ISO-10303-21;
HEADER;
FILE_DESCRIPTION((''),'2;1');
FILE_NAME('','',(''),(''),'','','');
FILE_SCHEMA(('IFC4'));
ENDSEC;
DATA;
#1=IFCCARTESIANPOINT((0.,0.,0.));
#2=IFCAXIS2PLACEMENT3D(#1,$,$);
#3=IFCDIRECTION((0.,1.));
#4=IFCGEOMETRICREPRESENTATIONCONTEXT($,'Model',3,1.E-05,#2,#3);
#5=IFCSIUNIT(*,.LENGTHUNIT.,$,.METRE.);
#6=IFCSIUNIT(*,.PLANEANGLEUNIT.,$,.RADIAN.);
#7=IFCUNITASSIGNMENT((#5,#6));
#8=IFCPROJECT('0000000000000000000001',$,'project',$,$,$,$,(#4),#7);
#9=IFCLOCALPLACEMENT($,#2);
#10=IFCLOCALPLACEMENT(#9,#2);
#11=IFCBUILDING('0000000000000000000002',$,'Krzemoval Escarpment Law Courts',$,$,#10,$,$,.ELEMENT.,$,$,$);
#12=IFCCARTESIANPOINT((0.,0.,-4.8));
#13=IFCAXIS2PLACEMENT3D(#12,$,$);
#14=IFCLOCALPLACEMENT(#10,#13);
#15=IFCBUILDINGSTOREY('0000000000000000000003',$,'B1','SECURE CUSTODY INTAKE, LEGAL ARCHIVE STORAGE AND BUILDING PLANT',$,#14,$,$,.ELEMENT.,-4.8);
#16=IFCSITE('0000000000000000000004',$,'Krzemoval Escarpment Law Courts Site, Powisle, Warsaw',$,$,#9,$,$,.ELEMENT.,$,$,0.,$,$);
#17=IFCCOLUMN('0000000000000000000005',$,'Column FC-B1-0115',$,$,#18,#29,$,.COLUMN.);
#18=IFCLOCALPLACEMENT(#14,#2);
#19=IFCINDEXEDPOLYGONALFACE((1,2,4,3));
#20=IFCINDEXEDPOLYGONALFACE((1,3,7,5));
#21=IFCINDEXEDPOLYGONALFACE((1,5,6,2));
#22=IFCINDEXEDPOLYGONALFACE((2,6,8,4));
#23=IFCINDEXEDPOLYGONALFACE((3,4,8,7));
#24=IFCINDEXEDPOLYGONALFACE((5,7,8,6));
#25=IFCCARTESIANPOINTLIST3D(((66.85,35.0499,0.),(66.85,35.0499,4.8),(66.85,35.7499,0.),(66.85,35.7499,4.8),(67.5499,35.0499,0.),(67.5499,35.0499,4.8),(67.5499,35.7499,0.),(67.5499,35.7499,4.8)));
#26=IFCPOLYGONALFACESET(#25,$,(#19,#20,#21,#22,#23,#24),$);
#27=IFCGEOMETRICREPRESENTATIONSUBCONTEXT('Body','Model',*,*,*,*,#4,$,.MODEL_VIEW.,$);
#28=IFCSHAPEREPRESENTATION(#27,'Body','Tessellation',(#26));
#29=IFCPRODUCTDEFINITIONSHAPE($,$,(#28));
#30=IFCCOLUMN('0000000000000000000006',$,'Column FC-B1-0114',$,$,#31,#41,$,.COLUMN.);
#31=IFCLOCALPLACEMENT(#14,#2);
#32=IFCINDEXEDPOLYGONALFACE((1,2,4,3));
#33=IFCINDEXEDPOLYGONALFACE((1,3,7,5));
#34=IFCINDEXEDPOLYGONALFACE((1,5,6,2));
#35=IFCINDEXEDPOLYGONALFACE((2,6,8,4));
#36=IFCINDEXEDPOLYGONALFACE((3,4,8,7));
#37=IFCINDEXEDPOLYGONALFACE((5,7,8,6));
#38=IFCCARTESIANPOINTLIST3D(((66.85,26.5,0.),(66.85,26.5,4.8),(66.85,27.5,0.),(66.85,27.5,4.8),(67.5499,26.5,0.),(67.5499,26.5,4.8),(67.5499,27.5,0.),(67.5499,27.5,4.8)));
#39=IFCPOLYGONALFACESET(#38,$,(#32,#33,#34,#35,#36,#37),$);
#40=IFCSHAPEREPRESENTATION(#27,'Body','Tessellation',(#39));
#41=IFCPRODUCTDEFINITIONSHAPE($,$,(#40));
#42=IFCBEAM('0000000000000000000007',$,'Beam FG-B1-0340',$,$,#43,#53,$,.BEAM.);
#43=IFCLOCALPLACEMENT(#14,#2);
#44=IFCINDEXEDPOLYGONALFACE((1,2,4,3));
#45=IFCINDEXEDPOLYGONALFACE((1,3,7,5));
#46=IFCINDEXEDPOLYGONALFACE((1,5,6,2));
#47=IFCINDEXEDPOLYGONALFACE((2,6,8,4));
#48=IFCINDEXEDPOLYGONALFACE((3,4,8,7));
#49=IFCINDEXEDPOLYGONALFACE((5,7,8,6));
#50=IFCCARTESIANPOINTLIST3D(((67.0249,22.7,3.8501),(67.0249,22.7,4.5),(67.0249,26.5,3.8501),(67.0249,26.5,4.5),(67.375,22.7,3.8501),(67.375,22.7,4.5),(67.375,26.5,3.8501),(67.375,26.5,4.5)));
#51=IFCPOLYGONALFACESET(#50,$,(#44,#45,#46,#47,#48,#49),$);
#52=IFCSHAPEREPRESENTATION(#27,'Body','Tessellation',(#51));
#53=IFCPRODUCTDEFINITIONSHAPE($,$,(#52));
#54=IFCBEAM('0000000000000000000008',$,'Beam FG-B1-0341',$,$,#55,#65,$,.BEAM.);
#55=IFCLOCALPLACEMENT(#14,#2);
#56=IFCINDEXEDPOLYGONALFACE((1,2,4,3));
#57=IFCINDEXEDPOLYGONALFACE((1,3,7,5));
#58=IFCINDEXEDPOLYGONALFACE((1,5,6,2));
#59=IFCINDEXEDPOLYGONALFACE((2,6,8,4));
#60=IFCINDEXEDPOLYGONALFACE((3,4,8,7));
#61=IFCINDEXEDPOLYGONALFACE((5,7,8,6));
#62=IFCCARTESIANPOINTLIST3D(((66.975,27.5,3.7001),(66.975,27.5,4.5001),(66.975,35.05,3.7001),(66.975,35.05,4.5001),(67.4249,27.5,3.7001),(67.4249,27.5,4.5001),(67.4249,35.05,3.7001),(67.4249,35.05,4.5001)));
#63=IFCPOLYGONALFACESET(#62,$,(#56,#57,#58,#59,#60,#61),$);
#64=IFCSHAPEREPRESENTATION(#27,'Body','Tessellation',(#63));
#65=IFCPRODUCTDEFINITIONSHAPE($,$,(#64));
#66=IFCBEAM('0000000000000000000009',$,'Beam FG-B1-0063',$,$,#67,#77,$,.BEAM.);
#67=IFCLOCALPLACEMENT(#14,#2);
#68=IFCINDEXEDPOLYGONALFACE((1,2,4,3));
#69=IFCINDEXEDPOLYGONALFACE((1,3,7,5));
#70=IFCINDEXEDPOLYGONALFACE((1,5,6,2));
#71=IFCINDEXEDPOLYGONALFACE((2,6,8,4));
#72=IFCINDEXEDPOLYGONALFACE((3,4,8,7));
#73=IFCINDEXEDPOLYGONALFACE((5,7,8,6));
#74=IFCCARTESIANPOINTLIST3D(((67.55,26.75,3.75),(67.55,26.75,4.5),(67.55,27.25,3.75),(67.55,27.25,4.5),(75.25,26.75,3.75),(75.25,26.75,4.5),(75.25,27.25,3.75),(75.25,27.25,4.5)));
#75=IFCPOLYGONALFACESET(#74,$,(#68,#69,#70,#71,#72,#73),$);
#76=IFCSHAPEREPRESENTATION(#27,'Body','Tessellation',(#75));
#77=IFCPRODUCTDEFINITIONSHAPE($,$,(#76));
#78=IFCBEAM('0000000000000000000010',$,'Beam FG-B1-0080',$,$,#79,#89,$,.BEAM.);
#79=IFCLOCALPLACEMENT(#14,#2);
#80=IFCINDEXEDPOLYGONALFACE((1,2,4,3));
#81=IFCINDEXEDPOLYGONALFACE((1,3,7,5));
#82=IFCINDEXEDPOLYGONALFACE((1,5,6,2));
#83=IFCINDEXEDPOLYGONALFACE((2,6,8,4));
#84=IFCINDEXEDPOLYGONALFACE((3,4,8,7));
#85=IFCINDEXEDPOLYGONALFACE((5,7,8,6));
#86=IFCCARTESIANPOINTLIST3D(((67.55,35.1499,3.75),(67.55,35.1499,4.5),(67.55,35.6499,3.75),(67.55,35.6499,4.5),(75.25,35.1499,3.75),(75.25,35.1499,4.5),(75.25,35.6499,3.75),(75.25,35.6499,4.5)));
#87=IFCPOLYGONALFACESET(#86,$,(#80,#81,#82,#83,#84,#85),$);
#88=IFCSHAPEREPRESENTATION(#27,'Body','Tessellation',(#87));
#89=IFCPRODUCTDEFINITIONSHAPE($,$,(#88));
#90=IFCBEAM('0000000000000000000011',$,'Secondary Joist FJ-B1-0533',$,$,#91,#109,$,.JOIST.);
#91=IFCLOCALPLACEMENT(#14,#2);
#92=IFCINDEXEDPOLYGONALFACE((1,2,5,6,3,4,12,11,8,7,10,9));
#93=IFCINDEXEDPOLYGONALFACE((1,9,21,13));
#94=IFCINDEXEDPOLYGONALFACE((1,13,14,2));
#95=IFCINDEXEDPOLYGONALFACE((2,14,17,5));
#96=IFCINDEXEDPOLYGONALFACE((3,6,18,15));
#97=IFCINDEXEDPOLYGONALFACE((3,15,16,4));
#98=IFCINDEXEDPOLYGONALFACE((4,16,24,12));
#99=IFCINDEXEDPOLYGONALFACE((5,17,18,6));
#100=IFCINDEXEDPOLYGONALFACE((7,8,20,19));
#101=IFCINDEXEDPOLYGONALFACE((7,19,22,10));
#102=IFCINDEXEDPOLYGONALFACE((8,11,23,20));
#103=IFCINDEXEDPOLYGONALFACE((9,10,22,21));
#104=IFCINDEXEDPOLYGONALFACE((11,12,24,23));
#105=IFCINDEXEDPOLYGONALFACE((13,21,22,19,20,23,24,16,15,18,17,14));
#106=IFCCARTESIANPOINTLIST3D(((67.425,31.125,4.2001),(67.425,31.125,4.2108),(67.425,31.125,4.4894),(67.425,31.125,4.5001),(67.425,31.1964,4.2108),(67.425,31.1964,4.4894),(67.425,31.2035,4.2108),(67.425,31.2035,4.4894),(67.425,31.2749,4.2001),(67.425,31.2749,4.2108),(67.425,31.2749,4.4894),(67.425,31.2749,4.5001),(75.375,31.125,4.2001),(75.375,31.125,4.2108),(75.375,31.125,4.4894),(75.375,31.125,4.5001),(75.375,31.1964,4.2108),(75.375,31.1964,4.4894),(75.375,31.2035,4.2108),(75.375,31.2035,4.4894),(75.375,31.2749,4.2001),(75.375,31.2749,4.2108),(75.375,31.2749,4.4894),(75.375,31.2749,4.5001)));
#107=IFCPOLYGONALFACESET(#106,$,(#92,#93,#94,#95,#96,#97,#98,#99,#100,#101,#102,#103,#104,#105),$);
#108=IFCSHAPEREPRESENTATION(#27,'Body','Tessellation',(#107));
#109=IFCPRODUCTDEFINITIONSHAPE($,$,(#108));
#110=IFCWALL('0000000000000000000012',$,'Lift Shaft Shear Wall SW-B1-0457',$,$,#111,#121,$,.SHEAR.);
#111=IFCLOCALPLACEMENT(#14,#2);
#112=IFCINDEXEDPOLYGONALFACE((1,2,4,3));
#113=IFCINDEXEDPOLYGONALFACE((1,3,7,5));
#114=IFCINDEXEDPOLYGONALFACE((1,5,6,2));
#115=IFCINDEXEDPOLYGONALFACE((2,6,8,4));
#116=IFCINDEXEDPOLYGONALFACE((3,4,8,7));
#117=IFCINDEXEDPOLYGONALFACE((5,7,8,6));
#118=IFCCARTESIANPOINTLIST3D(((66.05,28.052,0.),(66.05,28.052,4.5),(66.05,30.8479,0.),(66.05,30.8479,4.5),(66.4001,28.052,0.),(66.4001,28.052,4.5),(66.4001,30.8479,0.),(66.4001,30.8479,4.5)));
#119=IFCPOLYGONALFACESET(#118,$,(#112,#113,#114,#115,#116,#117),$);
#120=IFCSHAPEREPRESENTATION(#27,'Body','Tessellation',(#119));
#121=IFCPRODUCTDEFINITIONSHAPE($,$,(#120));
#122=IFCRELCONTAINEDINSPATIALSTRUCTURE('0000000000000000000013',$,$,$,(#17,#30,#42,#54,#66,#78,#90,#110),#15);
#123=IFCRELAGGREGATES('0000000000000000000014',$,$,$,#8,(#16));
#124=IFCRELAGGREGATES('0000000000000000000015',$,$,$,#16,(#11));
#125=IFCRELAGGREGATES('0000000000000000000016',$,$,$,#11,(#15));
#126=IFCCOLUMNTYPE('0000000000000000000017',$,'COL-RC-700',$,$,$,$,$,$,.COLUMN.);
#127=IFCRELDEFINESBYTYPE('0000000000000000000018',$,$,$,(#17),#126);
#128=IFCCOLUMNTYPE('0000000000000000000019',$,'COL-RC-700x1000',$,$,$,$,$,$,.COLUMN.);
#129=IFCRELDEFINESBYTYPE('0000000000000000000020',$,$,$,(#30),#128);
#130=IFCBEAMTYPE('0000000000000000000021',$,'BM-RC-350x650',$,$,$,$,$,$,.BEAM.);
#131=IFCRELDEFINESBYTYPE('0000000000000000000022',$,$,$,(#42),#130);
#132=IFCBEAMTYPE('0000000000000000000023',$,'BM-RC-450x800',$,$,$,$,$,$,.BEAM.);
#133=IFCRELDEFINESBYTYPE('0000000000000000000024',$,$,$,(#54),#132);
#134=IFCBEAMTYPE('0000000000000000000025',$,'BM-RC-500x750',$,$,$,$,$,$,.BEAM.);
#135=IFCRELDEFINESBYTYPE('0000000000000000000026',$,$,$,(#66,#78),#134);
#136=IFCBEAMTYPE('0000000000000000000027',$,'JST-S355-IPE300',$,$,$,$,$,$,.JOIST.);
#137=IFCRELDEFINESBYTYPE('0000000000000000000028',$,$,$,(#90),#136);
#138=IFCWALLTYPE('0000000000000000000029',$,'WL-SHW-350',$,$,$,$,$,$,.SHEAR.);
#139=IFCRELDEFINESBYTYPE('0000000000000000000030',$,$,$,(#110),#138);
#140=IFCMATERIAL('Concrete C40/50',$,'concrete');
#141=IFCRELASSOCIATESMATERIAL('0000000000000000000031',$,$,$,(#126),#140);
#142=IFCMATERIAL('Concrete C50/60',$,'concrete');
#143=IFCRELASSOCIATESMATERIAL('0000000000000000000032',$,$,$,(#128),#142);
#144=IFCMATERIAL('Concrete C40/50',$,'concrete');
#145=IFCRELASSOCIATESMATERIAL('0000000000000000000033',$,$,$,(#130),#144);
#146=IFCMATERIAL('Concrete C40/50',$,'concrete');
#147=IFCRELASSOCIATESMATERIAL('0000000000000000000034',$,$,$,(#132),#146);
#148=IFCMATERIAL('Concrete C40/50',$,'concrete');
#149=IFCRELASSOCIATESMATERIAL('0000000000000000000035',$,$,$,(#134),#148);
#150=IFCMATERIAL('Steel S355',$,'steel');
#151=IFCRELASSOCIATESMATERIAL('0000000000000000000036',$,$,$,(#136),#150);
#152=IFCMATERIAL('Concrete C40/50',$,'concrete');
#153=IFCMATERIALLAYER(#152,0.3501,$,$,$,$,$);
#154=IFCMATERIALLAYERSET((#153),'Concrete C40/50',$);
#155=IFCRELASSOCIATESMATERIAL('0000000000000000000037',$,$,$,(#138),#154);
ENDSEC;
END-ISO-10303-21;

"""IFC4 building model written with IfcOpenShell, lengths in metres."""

from ifc_helpers import new_model, si_unit, direction, frame, frame_2d, origin, origin_2d, place, context, subcontext, project, spatial, rectangle, i_section, extrude, material, layer, layer_set, material_profile, profile_set, type_object, element, save


model = new_model("IFC4")

# Units and contexts
model_context = context("Model", 3, precision=1e-05, world=origin(), true_north=direction((0.0, 1.0)))
body_context = subcontext(model_context, "Body", "Model", "MODEL_VIEW")
ifc_project = project(units=[si_unit("LENGTHUNIT", "METRE"), si_unit("PLANEANGLEUNIT", "RADIAN")], contexts=[model_context])

# Site, building, storey
site_placement = place(None, origin())
site = spatial("IfcSite", under=ifc_project, at=site_placement, Name="Krzemoval Escarpment Law Courts Site, Powisle, Warsaw", CompositionType="ELEMENT", RefElevation=0.0)
building_placement = place(site_placement, origin())
building = spatial("IfcBuilding", under=site, at=building_placement, Name="Krzemoval Escarpment Law Courts", CompositionType="ELEMENT")
storey_placement = place(building_placement, frame((0.0, 0.0, -4.8)))
storey = spatial("IfcBuildingStorey", under=building, at=storey_placement, Name="B1", Description="SECURE CUSTODY INTAKE, LEGAL ARCHIVE STORAGE AND BUILDING PLANT", CompositionType="ELEMENT", Elevation=-4.8)

# Columns
ifc_material_1 = material(Name="Concrete C40/50", Category="concrete")
ifc_material_profile_1 = material_profile(ifc_material_1, rectangle(XDim=0.7, YDim=0.7, at=origin_2d()), Name="RC 700x700")
ifc_profile_set_1 = profile_set([ifc_material_profile_1], Name="Concrete C40/50")
column_type_1 = type_object("IfcColumnType", Name="COL-RC-700", PredefinedType="COLUMN", material=ifc_profile_set_1)
column_1_placement = place(storey_placement, frame((67.2, 35.3999, 0.0), z_axis=(0.0, 0.0, 1.0), x_axis=(1.0, 0.0, 0.0)))
element("IfcColumn", 1, at=column_1_placement, inside=storey, type_object=column_type_1, Name="Column FC-B1-0115", PredefinedType="COLUMN", context=body_context, shape_type="SweptSolid", body=[
    extrude(rectangle(XDim=0.7, YDim=0.7, at=origin_2d()), origin(), (0.0, 0.0, 1.0), 4.8),
])
ifc_material_2 = material(Name="Concrete C50/60", Category="concrete")
ifc_material_profile_2 = material_profile(ifc_material_2, rectangle(XDim=0.7, YDim=1.0, at=origin_2d()), Name="RC 700x1000")
ifc_profile_set_2 = profile_set([ifc_material_profile_2], Name="Concrete C50/60")
column_type_2 = type_object("IfcColumnType", Name="COL-RC-700x1000", PredefinedType="COLUMN", material=ifc_profile_set_2)
column_2_placement = place(storey_placement, frame((67.2, 27.0, 0.0), z_axis=(0.0, 0.0, 1.0), x_axis=(1.0, 0.0, 0.0)))
element("IfcColumn", 2, at=column_2_placement, inside=storey, type_object=column_type_2, Name="Column FC-B1-0114", PredefinedType="COLUMN", context=body_context, shape_type="SweptSolid", body=[
    extrude(rectangle(XDim=0.7, YDim=1.0, at=origin_2d()), origin(), (0.0, 0.0, 1.0), 4.8),
])

# Beams
ifc_material_3 = material(Name="Concrete C40/50", Category="concrete")
ifc_material_profile_3 = material_profile(ifc_material_3, rectangle(XDim=0.3501, YDim=0.6499, at=origin_2d()), Name="RCB 350x650")
ifc_profile_set_3 = profile_set([ifc_material_profile_3], Name="Concrete C40/50")
beam_type_1 = type_object("IfcBeamType", Name="BM-RC-350x650", PredefinedType="BEAM", material=ifc_profile_set_3)
beam_1_placement = place(storey_placement, frame((67.2, 22.7, 4.175), z_axis=(0.0, 1.0, 0.0), x_axis=(-1.0, 0.0, 0.0)))
element("IfcBeam", 3, at=beam_1_placement, inside=storey, type_object=beam_type_1, Name="Beam FG-B1-0340", PredefinedType="BEAM", context=body_context, shape_type="SweptSolid", body=[
    extrude(rectangle(XDim=0.3501, YDim=0.6499, at=origin_2d()), origin(), (0.0, 0.0, 1.0), 3.8),
])
ifc_material_4 = material(Name="Concrete C40/50", Category="concrete")
ifc_material_profile_4 = material_profile(ifc_material_4, rectangle(XDim=0.45, YDim=0.8, at=origin_2d()), Name="RCB 450x800")
ifc_profile_set_4 = profile_set([ifc_material_profile_4], Name="Concrete C40/50")
beam_type_2 = type_object("IfcBeamType", Name="BM-RC-450x800", PredefinedType="BEAM", material=ifc_profile_set_4)
beam_2_placement = place(storey_placement, frame((67.2, 27.5, 4.1001), z_axis=(0.0, 1.0, 0.0), x_axis=(-1.0, 0.0, 0.0)))
element("IfcBeam", 4, at=beam_2_placement, inside=storey, type_object=beam_type_2, Name="Beam FG-B1-0341", PredefinedType="BEAM", context=body_context, shape_type="SweptSolid", body=[
    extrude(rectangle(XDim=0.45, YDim=0.8, at=origin_2d()), origin(), (0.0, 0.0, 1.0), 7.55),
])
ifc_material_5 = material(Name="Concrete C40/50", Category="concrete")
ifc_material_profile_5 = material_profile(ifc_material_5, rectangle(XDim=0.5, YDim=0.75, at=origin_2d()), Name="RCB 500x750")
ifc_profile_set_5 = profile_set([ifc_material_profile_5], Name="Concrete C40/50")
beam_type_3 = type_object("IfcBeamType", Name="BM-RC-500x750", PredefinedType="BEAM", material=ifc_profile_set_5)
for number, where, z_axis, x_axis, name in (
    (5, (67.55, 27.0, 4.125), (1.0, 0.0, 0.0), (0.0, 1.0, 0.0), "Beam FG-B1-0063"),
    (6, (67.55, 35.3999, 4.125), (1.0, 0.0, 0.0), (0.0, 1.0, 0.0), "Beam FG-B1-0080"),
):
    element("IfcBeam", number, at=place(storey_placement, frame(where, z_axis=z_axis, x_axis=x_axis)), inside=storey, type_object=beam_type_3, Name=name, PredefinedType="BEAM", context=body_context, shape_type="SweptSolid", body=[
        extrude(rectangle(XDim=0.5, YDim=0.75, at=origin_2d()), origin(), (0.0, 0.0, 1.0), 7.7),
    ])
ifc_material_6 = material(Name="Steel S355", Category="steel")
ifc_material_profile_6 = material_profile(ifc_material_6, i_section(OverallWidth=0.1499, OverallDepth=0.3, WebThickness=0.0071, FlangeThickness=0.0107, at=origin_2d()), Name="IPE 300")
ifc_profile_set_6 = profile_set([ifc_material_profile_6], Name="Steel S355")
beam_type_4 = type_object("IfcBeamType", Name="JST-S355-IPE300", PredefinedType="JOIST", material=ifc_profile_set_6)
beam_3_placement = place(storey_placement, frame((67.425, 31.2, 4.3501), z_axis=(1.0, 0.0, 0.0), x_axis=(0.0, 1.0, 0.0)))
element("IfcBeam", 7, at=beam_3_placement, inside=storey, type_object=beam_type_4, Name="Secondary Joist FJ-B1-0533", PredefinedType="JOIST", context=body_context, shape_type="SweptSolid", body=[
    extrude(i_section(OverallWidth=0.1499, OverallDepth=0.3, WebThickness=0.0071, FlangeThickness=0.0107, at=origin_2d()), origin(), (0.0, 0.0, 1.0), 7.95),
])

# Wall
ifc_material_7 = material(Name="Concrete C40/50", Category="concrete")
ifc_layer = layer(ifc_material_7, 0.3501)
ifc_layer_set = layer_set([ifc_layer], Name="Concrete C40/50")
wall_type = type_object("IfcWallType", Name="WL-SHW-350", PredefinedType="SHEAR", material=ifc_layer_set)
wall_placement = place(storey_placement, frame((66.2251, 28.052, 0.0), z_axis=(0.0, 0.0, 1.0), x_axis=(0.0, 1.0, 0.0)))
element("IfcWall", 8, at=wall_placement, inside=storey, type_object=wall_type, Name="Lift Shaft Shear Wall SW-B1-0457", PredefinedType="SHEAR", context=body_context, shape_type="SweptSolid", body=[
    extrude(rectangle(XDim=2.7959, YDim=0.3501, at=frame_2d((1.3979, 0.0))), origin(), (0.0, 0.0, 1.0), 4.5),
])

save(model, "model.ifc")
